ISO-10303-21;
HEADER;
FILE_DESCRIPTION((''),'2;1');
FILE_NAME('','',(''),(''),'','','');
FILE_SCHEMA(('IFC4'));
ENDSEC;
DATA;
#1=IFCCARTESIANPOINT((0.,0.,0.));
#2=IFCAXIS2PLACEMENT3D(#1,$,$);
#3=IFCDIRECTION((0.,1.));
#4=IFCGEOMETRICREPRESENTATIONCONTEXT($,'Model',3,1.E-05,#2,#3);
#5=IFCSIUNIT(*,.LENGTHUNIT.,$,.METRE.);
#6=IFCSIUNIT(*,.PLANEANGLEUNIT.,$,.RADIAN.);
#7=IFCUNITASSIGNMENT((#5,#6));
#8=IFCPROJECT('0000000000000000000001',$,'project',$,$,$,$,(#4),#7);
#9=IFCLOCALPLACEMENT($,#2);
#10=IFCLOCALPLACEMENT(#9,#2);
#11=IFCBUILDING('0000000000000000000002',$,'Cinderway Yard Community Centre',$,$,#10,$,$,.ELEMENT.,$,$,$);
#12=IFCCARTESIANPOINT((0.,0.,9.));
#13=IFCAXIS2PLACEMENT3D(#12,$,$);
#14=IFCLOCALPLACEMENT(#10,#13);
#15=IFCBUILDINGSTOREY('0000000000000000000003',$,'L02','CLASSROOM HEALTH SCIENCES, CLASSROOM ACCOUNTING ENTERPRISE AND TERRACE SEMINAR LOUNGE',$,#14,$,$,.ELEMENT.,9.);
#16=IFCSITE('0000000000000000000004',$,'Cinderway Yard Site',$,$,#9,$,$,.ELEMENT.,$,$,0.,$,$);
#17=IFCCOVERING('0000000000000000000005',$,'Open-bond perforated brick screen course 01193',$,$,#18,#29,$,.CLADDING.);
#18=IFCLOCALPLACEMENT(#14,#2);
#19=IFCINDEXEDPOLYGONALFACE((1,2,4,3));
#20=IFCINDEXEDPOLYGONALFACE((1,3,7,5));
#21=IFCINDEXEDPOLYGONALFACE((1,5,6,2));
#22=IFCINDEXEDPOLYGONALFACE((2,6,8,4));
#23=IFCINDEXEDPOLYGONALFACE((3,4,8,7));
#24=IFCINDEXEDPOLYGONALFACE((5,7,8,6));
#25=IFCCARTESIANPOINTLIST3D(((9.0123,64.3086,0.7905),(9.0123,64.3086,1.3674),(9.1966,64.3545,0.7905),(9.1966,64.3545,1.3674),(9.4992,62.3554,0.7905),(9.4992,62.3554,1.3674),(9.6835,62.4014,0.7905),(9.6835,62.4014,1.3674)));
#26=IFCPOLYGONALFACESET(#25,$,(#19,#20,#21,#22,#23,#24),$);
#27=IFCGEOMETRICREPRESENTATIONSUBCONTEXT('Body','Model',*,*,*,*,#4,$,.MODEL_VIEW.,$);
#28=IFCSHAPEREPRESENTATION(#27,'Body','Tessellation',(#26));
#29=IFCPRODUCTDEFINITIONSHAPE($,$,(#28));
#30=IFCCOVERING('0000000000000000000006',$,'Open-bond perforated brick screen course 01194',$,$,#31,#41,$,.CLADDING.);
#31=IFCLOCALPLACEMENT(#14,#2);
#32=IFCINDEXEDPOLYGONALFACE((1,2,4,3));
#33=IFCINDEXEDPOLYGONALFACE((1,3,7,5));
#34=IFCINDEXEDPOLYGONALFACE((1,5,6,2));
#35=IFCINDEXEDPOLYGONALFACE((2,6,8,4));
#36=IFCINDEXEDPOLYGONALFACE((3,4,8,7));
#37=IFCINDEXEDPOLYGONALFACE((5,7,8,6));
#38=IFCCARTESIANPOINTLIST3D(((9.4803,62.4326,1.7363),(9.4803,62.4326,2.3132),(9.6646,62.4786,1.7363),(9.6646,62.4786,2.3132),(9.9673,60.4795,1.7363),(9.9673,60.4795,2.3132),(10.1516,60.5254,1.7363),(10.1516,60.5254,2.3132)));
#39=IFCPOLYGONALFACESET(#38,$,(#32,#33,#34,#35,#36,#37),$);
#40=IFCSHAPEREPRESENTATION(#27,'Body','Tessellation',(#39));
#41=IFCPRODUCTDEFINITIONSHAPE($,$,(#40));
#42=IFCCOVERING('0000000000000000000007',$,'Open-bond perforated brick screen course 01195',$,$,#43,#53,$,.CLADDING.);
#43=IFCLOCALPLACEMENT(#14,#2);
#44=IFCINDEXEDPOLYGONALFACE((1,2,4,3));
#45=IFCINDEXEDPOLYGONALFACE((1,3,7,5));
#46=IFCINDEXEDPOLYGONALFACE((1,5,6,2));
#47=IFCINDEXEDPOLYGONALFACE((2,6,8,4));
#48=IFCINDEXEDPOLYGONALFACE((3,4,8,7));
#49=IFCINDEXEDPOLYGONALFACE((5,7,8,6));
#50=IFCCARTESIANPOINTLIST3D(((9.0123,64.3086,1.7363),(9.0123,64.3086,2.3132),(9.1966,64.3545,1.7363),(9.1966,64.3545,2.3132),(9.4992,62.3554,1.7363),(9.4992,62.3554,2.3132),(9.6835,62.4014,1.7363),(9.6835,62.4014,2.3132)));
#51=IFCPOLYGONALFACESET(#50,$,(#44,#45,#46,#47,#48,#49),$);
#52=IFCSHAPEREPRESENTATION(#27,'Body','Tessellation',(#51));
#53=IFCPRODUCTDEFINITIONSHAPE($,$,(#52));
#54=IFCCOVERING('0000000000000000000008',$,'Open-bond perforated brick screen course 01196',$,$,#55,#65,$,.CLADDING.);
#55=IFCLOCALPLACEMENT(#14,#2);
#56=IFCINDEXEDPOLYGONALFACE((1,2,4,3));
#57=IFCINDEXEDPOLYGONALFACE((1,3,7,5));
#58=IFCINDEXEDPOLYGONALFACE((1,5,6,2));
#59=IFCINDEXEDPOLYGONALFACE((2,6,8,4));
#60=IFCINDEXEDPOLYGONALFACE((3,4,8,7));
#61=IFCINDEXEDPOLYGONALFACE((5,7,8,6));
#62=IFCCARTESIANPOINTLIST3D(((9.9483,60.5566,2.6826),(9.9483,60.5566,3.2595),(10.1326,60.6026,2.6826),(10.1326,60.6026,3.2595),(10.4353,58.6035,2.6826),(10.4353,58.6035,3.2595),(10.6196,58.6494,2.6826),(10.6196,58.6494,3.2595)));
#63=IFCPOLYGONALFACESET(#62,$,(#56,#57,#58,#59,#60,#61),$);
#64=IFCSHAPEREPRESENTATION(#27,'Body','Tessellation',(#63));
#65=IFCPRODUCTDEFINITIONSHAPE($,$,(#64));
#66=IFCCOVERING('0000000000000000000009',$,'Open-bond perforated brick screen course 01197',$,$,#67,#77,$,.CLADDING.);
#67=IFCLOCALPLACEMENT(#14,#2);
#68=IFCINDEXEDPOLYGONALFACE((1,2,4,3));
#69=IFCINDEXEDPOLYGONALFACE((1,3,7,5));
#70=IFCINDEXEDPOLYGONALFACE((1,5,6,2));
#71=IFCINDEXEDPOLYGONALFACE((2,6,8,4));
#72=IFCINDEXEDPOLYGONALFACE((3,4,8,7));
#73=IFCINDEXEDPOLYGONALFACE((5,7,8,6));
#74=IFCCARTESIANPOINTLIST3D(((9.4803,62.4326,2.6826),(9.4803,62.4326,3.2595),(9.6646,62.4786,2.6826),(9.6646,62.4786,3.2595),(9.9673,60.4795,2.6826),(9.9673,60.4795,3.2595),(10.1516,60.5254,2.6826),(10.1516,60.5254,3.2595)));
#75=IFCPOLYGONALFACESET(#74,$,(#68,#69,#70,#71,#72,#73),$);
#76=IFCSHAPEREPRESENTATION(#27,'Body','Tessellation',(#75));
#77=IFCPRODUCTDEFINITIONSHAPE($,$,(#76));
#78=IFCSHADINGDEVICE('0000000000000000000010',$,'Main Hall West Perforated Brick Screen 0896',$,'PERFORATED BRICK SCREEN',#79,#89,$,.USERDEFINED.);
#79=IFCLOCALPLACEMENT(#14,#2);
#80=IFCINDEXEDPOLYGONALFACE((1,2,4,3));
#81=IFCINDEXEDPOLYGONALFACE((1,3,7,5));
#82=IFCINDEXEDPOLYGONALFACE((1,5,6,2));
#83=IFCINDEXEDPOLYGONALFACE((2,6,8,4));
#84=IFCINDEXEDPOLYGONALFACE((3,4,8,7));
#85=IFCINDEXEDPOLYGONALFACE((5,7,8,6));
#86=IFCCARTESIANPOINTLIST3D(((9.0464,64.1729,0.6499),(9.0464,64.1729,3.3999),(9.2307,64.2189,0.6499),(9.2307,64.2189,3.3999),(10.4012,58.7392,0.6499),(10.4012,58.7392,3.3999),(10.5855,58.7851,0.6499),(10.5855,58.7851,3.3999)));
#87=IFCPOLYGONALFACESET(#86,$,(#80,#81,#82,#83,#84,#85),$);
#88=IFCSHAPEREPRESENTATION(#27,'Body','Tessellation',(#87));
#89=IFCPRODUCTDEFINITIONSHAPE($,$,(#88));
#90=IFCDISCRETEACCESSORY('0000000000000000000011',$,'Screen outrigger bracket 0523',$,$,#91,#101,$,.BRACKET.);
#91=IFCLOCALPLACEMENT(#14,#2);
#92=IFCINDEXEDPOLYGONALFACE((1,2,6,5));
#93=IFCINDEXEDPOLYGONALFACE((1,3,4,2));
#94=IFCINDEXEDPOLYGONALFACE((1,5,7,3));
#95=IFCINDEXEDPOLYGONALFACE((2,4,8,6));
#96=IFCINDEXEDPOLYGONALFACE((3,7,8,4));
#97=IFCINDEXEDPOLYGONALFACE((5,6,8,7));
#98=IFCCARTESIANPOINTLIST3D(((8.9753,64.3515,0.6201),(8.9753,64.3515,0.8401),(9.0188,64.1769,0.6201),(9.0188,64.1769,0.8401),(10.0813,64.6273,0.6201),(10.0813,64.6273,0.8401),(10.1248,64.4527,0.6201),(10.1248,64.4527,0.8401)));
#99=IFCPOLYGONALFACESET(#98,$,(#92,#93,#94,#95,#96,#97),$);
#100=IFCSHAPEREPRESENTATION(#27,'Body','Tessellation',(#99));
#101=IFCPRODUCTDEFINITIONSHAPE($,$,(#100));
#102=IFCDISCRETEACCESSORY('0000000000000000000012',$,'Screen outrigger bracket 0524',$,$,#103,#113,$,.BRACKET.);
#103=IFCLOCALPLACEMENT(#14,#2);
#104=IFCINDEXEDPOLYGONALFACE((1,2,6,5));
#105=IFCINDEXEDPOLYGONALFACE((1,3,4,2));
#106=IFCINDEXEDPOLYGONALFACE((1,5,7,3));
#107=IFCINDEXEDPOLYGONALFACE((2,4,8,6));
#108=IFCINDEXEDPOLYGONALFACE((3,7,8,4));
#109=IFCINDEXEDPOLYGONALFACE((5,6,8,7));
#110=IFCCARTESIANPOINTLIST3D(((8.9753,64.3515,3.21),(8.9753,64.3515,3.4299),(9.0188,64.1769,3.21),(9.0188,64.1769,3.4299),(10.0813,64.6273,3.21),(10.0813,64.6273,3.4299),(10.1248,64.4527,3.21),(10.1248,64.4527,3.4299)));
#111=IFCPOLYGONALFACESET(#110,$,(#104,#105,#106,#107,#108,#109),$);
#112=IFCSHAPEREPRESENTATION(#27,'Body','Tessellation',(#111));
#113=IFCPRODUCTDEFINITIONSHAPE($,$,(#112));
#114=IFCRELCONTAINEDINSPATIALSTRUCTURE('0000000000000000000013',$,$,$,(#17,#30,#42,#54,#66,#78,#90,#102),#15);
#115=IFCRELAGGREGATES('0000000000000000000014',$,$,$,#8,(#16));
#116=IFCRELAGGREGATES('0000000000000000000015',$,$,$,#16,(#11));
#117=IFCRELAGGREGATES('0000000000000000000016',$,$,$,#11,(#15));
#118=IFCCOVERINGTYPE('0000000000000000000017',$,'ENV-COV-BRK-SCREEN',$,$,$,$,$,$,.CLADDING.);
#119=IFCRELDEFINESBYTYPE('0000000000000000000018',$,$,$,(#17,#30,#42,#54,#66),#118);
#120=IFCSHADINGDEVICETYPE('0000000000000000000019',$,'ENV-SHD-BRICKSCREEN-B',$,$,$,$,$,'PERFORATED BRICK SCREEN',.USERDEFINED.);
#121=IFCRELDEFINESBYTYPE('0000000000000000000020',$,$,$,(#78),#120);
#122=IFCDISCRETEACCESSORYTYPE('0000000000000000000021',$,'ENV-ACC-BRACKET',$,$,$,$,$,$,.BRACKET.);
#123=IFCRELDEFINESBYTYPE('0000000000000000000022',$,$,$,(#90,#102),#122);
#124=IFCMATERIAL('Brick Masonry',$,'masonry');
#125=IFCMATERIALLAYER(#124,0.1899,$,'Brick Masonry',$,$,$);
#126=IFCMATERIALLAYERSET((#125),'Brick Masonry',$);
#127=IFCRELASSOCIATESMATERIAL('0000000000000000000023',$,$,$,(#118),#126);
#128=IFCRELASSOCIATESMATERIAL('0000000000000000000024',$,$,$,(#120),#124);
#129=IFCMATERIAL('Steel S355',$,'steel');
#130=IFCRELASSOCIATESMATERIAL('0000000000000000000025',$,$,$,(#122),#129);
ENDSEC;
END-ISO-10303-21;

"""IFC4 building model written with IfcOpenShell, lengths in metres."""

from ifc_helpers import new_model, si_unit, direction, frame, origin, origin_2d, place, context, subcontext, project, spatial, rectangle, extrude, material, layer, layer_set, type_object, element, save


model = new_model("IFC4")

# Units and contexts
model_context = context("Model", 3, precision=1e-05, world=origin(), true_north=direction((0.0, 1.0)))
body_context = subcontext(model_context, "Body", "Model", "MODEL_VIEW")
ifc_project = project(units=[si_unit("LENGTHUNIT", "METRE"), si_unit("PLANEANGLEUNIT", "RADIAN")], contexts=[model_context])

# Site, building, storey
site_placement = place(None, origin())
site = spatial("IfcSite", under=ifc_project, at=site_placement, Name="Cinderway Yard Site", CompositionType="ELEMENT", RefElevation=0.0)
building_placement = place(site_placement, origin())
building = spatial("IfcBuilding", under=site, at=building_placement, Name="Cinderway Yard Community Centre", CompositionType="ELEMENT")
storey_placement = place(building_placement, frame((0.0, 0.0, 9.0)))
storey = spatial("IfcBuildingStorey", under=building, at=storey_placement, Name="L02", Description="CLASSROOM HEALTH SCIENCES, CLASSROOM ACCOUNTING ENTERPRISE AND TERRACE SEMINAR LOUNGE", CompositionType="ELEMENT", Elevation=9.0)

# Shared definitions
ifc_material_1 = material(Name="Steel S355", Category="steel")

# Shared definitions
ifc_material_2 = material(Name="Brick Masonry", Category="masonry")

# Coverings
ifc_layer_1 = layer(ifc_material_2, 0.1899, Name="Brick Masonry")
ifc_layer_set_1 = layer_set([ifc_layer_1], Name="Brick Masonry")
covering_type = type_object("IfcCoveringType", Name="ENV-COV-BRK-SCREEN", PredefinedType="CLADDING", material=ifc_layer_set_1)
for number, where, z_axis, x_axis, name in (
    (1, (9.3479, 63.355, 0.7905), (0.0, 0.0, 1.0), (-0.241922, 0.970296, 0.0), "Open-bond perforated brick screen course 01193"),
    (2, (9.8159, 61.479, 1.7363), (0.0, 0.0, 1.0), (-0.241922, 0.970296, 0.0), "Open-bond perforated brick screen course 01194"),
    (3, (9.3479, 63.355, 1.7363), (0.0, 0.0, 1.0), (-0.241922, 0.970296, 0.0), "Open-bond perforated brick screen course 01195"),
    (4, (10.2839, 59.603, 2.6826), (0.0, 0.0, 1.0), (-0.241922, 0.970296, 0.0), "Open-bond perforated brick screen course 01196"),
    (5, (9.8159, 61.479, 2.6826), (0.0, 0.0, 1.0), (-0.241922, 0.970296, 0.0), "Open-bond perforated brick screen course 01197"),
):
    element("IfcCovering", number, at=place(storey_placement, frame(where, z_axis=z_axis, x_axis=x_axis)), inside=storey, type_object=covering_type, Name=name, PredefinedType="CLADDING", context=body_context, shape_type="SweptSolid", body=[
        extrude(rectangle(XDim=2.0129, YDim=0.1899, at=origin_2d()), origin(), (0.0, 0.0, 1.0), 0.5769),
    ])

# Shading device
shading_device_type = type_object("IfcShadingDeviceType", Name="ENV-SHD-BRICKSCREEN-B", ElementType="PERFORATED BRICK SCREEN", PredefinedType="USERDEFINED", material=ifc_material_2)
shading_device_placement = place(storey_placement, frame((9.8159, 61.479, 0.6499), z_axis=(0.0, 0.0, 1.0), x_axis=(-0.241922, 0.970296, 0.0)))
element("IfcShadingDevice", 6, at=shading_device_placement, inside=storey, type_object=shading_device_type, Name="Main Hall West Perforated Brick Screen 0896", ObjectType="PERFORATED BRICK SCREEN", PredefinedType="USERDEFINED", context=body_context, shape_type="SweptSolid", body=[
    extrude(rectangle(XDim=5.6001, YDim=0.1899, at=origin_2d()), origin(), (0.0, 0.0, 1.0), 2.75),
])

# Discrete accessories
discrete_accessory_type = type_object("IfcDiscreteAccessoryType", Name="ENV-ACC-BRACKET", PredefinedType="BRACKET", material=ifc_material_1)
for number, where, z_axis, x_axis, name in (
    (7, (9.55, 64.4021, 0.6201), (0.0, 0.0, 1.0), (-0.970296, -0.241922, 0.0), "Screen outrigger bracket 0523"),
    (8, (9.55, 64.4021, 3.21), (0.0, 0.0, 1.0), (-0.970296, -0.241922, 0.0), "Screen outrigger bracket 0524"),
):
    element("IfcDiscreteAccessory", number, at=place(storey_placement, frame(where, z_axis=z_axis, x_axis=x_axis)), inside=storey, type_object=discrete_accessory_type, Name=name, PredefinedType="BRACKET", context=body_context, shape_type="SweptSolid", body=[
        extrude(rectangle(XDim=1.1399, YDim=0.1799, at=origin_2d()), origin(), (0.0, 0.0, 1.0), 0.22),
    ])

save(model, "model.ifc")
